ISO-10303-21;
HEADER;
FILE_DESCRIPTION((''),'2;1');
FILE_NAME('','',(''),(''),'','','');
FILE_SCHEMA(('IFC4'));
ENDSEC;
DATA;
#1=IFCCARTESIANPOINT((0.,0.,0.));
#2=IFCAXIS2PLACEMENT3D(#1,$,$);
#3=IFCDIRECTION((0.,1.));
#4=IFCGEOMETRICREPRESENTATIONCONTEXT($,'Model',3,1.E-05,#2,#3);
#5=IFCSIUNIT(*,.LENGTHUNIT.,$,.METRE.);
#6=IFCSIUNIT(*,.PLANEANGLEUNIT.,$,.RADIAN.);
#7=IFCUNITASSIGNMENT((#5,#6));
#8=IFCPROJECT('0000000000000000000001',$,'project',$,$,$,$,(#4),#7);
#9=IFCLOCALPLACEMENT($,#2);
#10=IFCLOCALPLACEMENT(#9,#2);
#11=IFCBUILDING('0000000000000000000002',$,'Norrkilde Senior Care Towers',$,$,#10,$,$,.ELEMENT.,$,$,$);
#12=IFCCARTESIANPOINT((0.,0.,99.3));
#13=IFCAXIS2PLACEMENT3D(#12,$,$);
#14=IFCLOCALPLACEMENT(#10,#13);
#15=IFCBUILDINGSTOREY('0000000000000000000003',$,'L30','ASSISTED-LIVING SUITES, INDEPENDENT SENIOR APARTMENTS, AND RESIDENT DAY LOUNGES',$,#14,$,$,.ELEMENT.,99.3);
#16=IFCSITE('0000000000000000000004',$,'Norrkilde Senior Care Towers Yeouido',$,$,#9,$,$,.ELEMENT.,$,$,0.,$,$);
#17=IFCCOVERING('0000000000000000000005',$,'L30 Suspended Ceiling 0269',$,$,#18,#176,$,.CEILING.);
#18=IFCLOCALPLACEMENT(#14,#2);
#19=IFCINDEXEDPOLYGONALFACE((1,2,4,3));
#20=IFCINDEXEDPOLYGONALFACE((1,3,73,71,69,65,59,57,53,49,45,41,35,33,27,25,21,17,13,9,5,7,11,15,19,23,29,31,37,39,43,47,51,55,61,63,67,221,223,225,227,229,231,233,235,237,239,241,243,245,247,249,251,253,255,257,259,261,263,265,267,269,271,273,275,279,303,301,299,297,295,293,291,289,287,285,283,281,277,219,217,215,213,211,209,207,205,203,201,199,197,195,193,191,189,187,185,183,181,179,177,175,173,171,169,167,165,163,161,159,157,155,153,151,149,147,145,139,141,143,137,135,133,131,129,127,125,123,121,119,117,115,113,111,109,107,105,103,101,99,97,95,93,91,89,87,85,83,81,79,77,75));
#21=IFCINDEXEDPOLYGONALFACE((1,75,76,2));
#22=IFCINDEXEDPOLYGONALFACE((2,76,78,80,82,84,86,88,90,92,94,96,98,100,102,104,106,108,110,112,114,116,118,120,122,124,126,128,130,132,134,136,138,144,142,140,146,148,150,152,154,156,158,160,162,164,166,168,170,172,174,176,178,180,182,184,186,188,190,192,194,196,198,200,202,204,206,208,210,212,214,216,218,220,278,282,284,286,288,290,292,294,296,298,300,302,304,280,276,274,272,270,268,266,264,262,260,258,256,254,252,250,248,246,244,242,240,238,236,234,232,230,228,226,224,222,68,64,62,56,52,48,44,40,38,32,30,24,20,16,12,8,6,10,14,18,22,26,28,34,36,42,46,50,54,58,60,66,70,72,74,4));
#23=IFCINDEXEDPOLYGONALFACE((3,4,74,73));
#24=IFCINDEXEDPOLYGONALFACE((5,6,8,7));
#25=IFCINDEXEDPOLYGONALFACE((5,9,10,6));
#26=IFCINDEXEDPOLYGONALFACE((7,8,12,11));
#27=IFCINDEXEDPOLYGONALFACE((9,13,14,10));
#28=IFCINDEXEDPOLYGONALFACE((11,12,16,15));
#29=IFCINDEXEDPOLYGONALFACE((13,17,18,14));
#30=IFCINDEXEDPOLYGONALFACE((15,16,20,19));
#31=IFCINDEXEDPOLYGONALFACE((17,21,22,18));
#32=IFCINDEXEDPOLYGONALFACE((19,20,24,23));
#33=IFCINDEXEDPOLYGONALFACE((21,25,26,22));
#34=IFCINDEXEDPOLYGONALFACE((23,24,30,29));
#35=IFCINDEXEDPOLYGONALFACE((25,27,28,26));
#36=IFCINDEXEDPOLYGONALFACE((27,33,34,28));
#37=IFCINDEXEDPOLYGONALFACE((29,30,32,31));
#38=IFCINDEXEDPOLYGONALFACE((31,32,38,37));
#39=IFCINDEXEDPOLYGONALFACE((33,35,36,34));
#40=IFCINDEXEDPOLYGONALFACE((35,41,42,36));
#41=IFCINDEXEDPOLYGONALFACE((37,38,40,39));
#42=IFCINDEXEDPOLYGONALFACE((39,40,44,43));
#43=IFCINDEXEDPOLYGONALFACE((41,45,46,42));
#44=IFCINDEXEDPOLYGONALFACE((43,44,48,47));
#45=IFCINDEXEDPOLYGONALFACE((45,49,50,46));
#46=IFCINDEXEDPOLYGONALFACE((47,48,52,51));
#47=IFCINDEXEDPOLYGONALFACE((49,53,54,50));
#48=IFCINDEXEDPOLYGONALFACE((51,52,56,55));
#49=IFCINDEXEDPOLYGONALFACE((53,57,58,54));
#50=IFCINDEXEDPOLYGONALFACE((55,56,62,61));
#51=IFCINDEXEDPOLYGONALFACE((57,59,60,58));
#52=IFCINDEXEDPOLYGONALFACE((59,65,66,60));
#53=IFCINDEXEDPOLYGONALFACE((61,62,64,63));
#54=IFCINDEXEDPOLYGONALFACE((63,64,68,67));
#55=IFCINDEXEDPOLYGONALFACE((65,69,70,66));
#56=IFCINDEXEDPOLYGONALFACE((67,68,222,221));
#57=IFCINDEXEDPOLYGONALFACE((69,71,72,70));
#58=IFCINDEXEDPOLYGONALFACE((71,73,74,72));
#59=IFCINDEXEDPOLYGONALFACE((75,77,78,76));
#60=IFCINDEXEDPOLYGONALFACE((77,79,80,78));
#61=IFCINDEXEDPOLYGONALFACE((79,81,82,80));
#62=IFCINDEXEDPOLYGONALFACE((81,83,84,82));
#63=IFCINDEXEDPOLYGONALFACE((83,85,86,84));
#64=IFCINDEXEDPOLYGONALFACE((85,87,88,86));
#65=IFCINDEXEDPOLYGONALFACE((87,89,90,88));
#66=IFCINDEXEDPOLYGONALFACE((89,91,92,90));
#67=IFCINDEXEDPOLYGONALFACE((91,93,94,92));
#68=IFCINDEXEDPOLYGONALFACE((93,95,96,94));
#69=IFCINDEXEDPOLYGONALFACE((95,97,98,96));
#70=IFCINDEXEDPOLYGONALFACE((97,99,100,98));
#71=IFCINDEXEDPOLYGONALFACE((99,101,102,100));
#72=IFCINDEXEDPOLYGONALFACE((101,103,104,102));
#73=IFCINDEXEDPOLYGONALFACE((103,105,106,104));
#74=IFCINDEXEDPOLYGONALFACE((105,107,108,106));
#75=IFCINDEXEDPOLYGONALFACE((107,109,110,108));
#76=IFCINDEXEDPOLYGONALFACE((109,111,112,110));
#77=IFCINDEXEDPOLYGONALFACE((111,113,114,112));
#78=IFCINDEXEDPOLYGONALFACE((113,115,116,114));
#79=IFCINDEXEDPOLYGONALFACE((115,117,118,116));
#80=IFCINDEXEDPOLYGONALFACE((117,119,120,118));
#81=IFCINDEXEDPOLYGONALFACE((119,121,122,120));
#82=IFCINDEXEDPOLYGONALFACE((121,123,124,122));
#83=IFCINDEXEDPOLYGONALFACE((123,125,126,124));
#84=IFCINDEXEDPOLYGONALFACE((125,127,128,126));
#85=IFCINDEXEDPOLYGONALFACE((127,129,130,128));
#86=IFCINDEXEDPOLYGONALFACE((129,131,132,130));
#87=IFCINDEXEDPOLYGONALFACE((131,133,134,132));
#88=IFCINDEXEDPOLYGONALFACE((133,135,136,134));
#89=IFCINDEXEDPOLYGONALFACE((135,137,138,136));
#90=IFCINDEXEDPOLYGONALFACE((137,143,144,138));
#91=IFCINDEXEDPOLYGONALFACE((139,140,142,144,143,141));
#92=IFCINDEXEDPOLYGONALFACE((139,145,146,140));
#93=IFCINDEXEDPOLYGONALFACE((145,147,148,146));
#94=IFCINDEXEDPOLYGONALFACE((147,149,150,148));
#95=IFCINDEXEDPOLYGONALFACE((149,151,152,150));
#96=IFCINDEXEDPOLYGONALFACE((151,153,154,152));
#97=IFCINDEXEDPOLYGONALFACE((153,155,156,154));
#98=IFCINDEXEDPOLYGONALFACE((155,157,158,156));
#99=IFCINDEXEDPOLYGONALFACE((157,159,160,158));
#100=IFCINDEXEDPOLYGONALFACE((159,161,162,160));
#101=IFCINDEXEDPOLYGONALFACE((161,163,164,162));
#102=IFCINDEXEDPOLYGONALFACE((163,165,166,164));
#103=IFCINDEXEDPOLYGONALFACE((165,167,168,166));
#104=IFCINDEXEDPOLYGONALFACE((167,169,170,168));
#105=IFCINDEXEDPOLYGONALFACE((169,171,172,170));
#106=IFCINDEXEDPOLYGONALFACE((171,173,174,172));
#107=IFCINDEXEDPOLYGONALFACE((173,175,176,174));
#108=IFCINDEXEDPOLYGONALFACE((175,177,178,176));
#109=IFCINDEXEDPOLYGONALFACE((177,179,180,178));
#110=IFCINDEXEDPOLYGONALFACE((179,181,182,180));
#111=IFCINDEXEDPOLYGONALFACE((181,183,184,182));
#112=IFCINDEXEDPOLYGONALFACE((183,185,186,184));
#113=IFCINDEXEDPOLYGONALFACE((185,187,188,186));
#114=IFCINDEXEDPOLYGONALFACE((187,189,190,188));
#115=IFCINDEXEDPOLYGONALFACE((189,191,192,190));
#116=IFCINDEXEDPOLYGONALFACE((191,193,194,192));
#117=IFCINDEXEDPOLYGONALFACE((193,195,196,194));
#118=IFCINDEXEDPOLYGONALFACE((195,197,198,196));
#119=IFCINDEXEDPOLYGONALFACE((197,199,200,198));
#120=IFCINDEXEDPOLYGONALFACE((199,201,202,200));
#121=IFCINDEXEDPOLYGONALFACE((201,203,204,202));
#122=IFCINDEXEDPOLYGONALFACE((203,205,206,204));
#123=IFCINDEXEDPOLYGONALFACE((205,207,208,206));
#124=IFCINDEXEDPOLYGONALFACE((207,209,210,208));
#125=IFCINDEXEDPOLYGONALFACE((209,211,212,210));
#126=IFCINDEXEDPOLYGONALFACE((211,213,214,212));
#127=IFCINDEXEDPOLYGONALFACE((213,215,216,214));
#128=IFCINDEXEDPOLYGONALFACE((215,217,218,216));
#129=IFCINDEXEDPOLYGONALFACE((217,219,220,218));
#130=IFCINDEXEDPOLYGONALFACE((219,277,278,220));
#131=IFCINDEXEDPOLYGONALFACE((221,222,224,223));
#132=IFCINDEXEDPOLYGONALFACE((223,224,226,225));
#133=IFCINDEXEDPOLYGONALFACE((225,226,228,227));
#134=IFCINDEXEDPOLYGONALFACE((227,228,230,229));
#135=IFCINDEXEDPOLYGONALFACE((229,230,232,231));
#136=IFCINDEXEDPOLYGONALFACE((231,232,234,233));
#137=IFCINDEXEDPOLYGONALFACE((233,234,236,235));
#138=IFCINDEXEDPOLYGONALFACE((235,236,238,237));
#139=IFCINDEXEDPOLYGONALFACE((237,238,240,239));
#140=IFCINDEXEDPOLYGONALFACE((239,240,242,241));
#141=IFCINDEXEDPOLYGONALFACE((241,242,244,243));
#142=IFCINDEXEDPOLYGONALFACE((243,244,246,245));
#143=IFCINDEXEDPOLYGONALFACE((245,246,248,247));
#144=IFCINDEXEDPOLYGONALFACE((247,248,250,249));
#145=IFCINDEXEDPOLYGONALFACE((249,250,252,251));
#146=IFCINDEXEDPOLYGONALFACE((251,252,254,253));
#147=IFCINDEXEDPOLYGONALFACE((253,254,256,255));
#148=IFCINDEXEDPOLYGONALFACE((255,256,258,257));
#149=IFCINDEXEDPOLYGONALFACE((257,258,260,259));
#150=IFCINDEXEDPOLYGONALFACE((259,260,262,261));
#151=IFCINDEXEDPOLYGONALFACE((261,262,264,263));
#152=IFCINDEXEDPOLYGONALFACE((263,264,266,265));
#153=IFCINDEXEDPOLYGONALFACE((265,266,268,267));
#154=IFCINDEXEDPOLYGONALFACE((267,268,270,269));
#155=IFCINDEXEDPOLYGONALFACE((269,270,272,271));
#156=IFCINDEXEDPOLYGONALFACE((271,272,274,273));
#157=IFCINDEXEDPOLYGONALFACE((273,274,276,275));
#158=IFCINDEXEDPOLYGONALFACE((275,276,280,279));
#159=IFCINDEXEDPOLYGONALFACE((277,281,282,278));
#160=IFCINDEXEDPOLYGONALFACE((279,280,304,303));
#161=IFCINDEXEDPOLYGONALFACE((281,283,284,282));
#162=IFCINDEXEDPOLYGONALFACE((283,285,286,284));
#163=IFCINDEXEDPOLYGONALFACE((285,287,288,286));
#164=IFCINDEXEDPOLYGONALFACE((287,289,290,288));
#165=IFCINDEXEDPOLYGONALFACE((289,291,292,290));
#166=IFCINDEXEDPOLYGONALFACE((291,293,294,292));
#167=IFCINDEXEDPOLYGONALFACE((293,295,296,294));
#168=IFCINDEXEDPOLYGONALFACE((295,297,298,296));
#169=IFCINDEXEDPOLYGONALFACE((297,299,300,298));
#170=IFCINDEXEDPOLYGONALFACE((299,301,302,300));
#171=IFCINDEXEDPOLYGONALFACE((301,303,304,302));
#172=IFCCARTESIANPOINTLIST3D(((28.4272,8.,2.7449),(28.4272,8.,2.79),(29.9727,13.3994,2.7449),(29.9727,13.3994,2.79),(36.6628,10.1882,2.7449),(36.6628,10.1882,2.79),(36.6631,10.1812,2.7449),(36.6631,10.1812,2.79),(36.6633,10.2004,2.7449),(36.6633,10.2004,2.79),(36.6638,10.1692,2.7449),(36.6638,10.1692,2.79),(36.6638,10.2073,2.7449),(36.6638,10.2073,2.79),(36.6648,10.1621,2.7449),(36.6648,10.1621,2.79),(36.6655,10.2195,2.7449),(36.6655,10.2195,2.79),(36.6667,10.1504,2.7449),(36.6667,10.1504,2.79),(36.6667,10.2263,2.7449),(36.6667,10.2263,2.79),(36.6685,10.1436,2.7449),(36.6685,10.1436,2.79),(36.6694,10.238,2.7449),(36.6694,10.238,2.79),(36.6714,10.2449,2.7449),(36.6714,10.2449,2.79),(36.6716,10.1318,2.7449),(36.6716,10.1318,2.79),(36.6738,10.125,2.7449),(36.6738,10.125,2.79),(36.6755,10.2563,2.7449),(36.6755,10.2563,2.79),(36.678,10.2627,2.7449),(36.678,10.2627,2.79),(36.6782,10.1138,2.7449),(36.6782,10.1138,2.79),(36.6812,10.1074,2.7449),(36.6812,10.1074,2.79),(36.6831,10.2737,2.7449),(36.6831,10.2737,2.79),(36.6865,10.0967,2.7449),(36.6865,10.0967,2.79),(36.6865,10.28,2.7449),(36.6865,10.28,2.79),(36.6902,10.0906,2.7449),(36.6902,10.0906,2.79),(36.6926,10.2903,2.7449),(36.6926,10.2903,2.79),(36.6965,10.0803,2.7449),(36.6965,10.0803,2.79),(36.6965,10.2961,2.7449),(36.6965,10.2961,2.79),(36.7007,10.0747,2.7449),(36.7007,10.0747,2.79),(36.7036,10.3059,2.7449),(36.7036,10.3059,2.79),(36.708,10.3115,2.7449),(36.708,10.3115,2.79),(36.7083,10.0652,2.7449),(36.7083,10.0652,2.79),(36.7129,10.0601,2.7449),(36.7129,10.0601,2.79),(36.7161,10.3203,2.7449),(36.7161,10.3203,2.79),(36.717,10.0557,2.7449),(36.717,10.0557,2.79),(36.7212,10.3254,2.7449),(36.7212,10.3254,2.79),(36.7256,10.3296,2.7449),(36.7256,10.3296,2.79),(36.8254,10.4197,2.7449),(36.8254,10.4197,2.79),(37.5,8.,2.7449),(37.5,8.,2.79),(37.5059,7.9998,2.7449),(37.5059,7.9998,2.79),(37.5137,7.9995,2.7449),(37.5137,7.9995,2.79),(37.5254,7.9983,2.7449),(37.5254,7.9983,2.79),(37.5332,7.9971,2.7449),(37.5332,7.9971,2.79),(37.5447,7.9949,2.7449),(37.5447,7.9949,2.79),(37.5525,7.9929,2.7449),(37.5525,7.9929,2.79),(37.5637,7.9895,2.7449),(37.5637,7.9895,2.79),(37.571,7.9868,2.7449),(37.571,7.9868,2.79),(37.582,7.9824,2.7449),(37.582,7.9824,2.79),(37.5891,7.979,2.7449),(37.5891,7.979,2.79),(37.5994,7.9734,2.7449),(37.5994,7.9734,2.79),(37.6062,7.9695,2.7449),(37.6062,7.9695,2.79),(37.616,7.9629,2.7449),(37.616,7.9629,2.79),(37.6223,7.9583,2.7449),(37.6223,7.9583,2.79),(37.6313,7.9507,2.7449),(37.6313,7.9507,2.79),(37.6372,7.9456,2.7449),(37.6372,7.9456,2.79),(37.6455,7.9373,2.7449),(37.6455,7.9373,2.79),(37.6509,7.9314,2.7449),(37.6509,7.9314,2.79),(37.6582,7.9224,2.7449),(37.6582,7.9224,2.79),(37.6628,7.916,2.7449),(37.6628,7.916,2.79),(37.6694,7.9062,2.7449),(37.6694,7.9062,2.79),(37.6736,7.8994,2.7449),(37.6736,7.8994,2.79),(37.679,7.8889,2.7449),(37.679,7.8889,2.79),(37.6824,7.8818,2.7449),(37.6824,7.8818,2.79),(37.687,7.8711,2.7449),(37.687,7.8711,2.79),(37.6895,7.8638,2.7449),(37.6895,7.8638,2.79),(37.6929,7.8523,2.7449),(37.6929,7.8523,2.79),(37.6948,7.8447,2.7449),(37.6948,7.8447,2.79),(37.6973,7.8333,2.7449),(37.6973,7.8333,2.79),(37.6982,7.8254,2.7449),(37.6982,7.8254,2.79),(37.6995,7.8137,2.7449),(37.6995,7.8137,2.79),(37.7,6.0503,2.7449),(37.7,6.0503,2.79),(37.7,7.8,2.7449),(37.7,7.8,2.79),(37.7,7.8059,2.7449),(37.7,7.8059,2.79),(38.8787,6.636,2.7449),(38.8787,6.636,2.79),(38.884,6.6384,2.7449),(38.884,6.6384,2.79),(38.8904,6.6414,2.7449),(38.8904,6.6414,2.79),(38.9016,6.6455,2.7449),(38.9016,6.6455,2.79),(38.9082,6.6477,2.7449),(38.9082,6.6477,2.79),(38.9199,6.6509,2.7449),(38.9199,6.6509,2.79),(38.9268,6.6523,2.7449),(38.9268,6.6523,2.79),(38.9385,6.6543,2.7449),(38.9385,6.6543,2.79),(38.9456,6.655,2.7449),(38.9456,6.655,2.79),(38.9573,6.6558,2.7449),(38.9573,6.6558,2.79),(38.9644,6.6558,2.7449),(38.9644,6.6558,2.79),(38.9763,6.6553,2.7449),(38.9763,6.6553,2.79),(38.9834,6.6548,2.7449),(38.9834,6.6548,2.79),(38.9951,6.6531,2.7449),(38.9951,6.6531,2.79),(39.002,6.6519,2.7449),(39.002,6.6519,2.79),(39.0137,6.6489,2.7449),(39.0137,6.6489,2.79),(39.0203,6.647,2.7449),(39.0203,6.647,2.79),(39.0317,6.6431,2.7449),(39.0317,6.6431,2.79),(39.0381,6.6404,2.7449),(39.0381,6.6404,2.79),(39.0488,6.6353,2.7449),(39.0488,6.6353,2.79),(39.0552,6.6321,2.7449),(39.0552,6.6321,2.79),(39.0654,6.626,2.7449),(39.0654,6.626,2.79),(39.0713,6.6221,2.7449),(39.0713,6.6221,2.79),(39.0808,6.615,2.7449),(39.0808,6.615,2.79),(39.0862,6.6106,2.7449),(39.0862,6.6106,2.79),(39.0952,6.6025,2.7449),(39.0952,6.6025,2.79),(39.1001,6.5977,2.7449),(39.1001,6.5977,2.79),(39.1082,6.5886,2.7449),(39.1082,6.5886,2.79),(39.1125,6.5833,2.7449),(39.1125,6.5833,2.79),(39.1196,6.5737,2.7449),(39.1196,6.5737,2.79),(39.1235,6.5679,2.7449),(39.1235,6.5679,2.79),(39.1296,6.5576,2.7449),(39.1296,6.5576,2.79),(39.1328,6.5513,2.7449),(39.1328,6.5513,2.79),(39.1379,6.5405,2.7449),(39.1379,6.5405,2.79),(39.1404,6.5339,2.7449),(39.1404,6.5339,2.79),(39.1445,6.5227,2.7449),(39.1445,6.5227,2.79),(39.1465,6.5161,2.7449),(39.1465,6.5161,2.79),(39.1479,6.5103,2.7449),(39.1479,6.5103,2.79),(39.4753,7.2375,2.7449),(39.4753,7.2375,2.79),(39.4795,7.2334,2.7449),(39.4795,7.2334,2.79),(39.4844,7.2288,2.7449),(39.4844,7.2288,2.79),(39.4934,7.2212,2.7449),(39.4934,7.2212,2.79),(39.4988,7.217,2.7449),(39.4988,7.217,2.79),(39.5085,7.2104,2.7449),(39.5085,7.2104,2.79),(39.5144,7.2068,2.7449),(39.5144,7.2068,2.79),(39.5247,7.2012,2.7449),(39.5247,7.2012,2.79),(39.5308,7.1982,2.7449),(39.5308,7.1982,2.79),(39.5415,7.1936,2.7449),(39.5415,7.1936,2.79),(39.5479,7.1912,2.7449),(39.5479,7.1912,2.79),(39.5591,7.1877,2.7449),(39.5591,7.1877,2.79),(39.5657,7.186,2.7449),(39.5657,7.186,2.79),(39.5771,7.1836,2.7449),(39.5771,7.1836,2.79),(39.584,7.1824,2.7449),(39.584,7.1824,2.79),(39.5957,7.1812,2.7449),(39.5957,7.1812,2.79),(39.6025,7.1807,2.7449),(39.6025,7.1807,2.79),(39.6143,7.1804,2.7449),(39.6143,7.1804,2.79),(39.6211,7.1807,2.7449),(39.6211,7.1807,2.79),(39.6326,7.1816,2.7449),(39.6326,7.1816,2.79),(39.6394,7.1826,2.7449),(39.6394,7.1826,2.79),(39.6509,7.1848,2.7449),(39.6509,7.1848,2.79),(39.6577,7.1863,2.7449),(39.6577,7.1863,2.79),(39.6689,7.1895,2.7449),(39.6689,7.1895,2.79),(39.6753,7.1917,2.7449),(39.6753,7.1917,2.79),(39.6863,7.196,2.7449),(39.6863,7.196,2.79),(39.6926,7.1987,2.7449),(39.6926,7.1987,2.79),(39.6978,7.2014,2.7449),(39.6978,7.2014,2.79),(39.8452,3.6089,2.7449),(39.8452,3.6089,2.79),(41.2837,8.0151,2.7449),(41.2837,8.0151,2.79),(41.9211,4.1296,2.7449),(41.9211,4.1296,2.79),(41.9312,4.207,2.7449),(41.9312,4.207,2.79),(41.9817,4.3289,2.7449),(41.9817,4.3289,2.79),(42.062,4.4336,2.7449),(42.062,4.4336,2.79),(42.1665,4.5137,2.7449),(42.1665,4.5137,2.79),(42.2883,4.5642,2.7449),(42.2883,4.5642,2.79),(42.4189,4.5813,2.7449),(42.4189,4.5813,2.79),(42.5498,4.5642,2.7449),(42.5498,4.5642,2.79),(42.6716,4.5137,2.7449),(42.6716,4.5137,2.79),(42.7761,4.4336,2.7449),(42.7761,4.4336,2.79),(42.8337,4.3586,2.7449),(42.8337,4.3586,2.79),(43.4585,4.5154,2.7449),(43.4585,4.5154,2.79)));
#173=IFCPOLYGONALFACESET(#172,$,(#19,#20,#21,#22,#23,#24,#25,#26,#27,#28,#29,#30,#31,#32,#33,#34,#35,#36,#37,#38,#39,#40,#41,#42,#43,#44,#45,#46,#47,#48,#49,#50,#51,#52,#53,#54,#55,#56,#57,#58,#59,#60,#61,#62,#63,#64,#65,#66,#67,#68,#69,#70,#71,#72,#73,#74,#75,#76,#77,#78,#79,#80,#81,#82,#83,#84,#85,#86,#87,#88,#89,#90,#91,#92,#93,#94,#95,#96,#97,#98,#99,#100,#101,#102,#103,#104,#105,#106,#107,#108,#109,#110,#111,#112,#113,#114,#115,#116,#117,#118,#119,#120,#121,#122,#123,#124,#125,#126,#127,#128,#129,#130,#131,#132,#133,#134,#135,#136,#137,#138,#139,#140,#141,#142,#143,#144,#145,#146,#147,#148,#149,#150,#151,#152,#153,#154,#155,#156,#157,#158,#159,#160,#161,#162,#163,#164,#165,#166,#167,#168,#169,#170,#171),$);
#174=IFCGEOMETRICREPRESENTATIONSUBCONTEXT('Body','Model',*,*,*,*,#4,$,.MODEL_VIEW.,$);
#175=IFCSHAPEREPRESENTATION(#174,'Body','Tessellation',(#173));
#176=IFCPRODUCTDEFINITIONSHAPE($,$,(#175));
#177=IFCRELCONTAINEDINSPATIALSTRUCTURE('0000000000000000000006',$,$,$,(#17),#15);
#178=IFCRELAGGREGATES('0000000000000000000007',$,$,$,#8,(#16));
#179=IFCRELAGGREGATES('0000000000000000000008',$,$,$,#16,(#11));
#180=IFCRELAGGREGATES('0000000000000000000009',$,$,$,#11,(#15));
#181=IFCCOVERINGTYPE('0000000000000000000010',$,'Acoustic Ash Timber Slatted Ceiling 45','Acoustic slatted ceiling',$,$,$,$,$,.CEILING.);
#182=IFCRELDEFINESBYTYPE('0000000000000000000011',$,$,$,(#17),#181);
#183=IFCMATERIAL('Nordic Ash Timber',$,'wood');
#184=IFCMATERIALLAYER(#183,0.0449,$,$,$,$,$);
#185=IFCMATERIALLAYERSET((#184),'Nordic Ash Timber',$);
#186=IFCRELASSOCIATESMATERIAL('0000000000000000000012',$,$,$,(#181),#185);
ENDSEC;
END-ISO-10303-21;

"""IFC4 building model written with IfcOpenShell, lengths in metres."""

from ifc_helpers import new_model, si_unit, direction, frame, origin, place, context, subcontext, project, spatial, polyline, outline, extrude, material, layer, layer_set, type_object, element, save


model = new_model("IFC4")

# Units and contexts
model_context = context("Model", 3, precision=1e-05, world=origin(), true_north=direction((0.0, 1.0)))
body_context = subcontext(model_context, "Body", "Model", "MODEL_VIEW")
ifc_project = project(units=[si_unit("LENGTHUNIT", "METRE"), si_unit("PLANEANGLEUNIT", "RADIAN")], contexts=[model_context])

# Site, building, storey
site_placement = place(None, origin())
site = spatial("IfcSite", under=ifc_project, at=site_placement, Name="Norrkilde Senior Care Towers Yeouido", CompositionType="ELEMENT", RefElevation=0.0)
building_placement = place(site_placement, origin())
building = spatial("IfcBuilding", under=site, at=building_placement, Name="Norrkilde Senior Care Towers", CompositionType="ELEMENT")
storey_placement = place(building_placement, frame((0.0, 0.0, 99.3)))
storey = spatial("IfcBuildingStorey", under=building, at=storey_placement, Name="L30", Description="ASSISTED-LIVING SUITES, INDEPENDENT SENIOR APARTMENTS, AND RESIDENT DAY LOUNGES", CompositionType="ELEMENT", Elevation=99.3)

# Shared definitions
ifc_material_1 = material(Name="Nordic Ash Timber", Category="wood")

# Covering
ifc_layer_1 = layer(ifc_material_1, 0.0449)
ifc_layer_set_1 = layer_set([ifc_layer_1], Name="Nordic Ash Timber")
covering_type_1 = type_object("IfcCoveringType", Name="Acoustic Ash Timber Slatted Ceiling 45", Description="Acoustic slatted ceiling", PredefinedType="CEILING", material=ifc_layer_set_1)
covering_1_placement = place(storey_placement, frame((0.0, 0.0, 2.7449)))
element("IfcCovering", 1, at=covering_1_placement, inside=storey, type_object=covering_type_1, Name="L30 Suspended Ceiling 0269", PredefinedType="CEILING", context=body_context, shape_type="SweptSolid", body=[
    extrude(outline(polyline([(37.6929, 7.8523), (37.6895, 7.8638), (37.687, 7.8711), (37.6824, 7.8818), (37.679, 7.8889), (37.6736, 7.8994), (37.6694, 7.9062), (37.6628, 7.916), (37.6582, 7.9224), (37.6509, 7.9314), (37.6455, 7.9373), (37.6372, 7.9456), (37.6313, 7.9507), (37.6223, 7.9583), (37.616, 7.9629), (37.6062, 7.9695), (37.5994, 7.9734), (37.5891, 7.979), (37.582, 7.9824), (37.571, 7.9868), (37.5637, 7.9895), (37.5525, 7.9929), (37.5447, 7.9949), (37.5332, 7.9971), (37.5254, 7.9983), (37.5137, 7.9995), (37.5059, 7.9998), (37.5, 8.0), (28.4272, 8.0), (29.9727, 13.3994), (36.8254, 10.4197), (36.7256, 10.3296), (36.7212, 10.3254), (36.7161, 10.3203), (36.708, 10.3115), (36.7036, 10.3059), (36.6965, 10.2961), (36.6926, 10.2903), (36.6865, 10.28), (36.6831, 10.2737), (36.678, 10.2627), (36.6755, 10.2563), (36.6714, 10.2449), (36.6694, 10.238), (36.6667, 10.2263), (36.6655, 10.2195), (36.6638, 10.2073), (36.6633, 10.2004), (36.6628, 10.1882), (36.6631, 10.1812), (36.6638, 10.1692), (36.6648, 10.1621), (36.6667, 10.1504), (36.6685, 10.1436), (36.6716, 10.1318), (36.6738, 10.125), (36.6782, 10.1138), (36.6812, 10.1074), (36.6865, 10.0967), (36.6902, 10.0906), (36.6965, 10.0803), (36.7007, 10.0747), (36.7083, 10.0652), (36.7129, 10.0601), (36.717, 10.0557), (39.4753, 7.2375), (39.4795, 7.2334), (39.4844, 7.2288), (39.4934, 7.2212), (39.4988, 7.217), (39.5085, 7.2104), (39.5144, 7.2068), (39.5247, 7.2012), (39.5308, 7.1982), (39.5415, 7.1936), (39.5479, 7.1912), (39.5591, 7.1877), (39.5657, 7.186), (39.5771, 7.1836), (39.584, 7.1824), (39.5957, 7.1812), (39.6025, 7.1807), (39.6143, 7.1804), (39.6211, 7.1807), (39.6326, 7.1816), (39.6394, 7.1826), (39.6509, 7.1848), (39.6577, 7.1863), (39.6689, 7.1895), (39.6753, 7.1917), (39.6863, 7.196), (39.6926, 7.1987), (39.6978, 7.2014), (41.2837, 8.0151), (43.4585, 4.5154), (42.8337, 4.3586), (42.7761, 4.4336), (42.6716, 4.5137), (42.5498, 4.5642), (42.4189, 4.5813), (42.2883, 4.5642), (42.1665, 4.5137), (42.062, 4.4336), (41.9817, 4.3289), (41.9312, 4.207), (41.9211, 4.1296), (39.8452, 3.6089), (39.1479, 6.5103), (39.1465, 6.5161), (39.1445, 6.5227), (39.1404, 6.5339), (39.1379, 6.5405), (39.1328, 6.5513), (39.1296, 6.5576), (39.1235, 6.5679), (39.1196, 6.5737), (39.1125, 6.5833), (39.1082, 6.5886), (39.1001, 6.5977), (39.0952, 6.6025), (39.0862, 6.6106), (39.0808, 6.615), (39.0713, 6.6221), (39.0654, 6.626), (39.0552, 6.6321), (39.0488, 6.6353), (39.0381, 6.6404), (39.0317, 6.6431), (39.0203, 6.647), (39.0137, 6.6489), (39.002, 6.6519), (38.9951, 6.6531), (38.9834, 6.6548), (38.9763, 6.6553), (38.9644, 6.6558), (38.9573, 6.6558), (38.9456, 6.655), (38.9385, 6.6543), (38.9268, 6.6523), (38.9199, 6.6509), (38.9082, 6.6477), (38.9016, 6.6455), (38.8904, 6.6414), (38.884, 6.6384), (38.8787, 6.636), (37.7, 6.0503), (37.7, 7.8), (37.7, 7.8059), (37.6995, 7.8137), (37.6982, 7.8254), (37.6973, 7.8333), (37.6948, 7.8447), (37.6929, 7.8523)])), origin(), (0.0, 0.0, 1.0), 0.0452),
])

save(model, "model.ifc")
